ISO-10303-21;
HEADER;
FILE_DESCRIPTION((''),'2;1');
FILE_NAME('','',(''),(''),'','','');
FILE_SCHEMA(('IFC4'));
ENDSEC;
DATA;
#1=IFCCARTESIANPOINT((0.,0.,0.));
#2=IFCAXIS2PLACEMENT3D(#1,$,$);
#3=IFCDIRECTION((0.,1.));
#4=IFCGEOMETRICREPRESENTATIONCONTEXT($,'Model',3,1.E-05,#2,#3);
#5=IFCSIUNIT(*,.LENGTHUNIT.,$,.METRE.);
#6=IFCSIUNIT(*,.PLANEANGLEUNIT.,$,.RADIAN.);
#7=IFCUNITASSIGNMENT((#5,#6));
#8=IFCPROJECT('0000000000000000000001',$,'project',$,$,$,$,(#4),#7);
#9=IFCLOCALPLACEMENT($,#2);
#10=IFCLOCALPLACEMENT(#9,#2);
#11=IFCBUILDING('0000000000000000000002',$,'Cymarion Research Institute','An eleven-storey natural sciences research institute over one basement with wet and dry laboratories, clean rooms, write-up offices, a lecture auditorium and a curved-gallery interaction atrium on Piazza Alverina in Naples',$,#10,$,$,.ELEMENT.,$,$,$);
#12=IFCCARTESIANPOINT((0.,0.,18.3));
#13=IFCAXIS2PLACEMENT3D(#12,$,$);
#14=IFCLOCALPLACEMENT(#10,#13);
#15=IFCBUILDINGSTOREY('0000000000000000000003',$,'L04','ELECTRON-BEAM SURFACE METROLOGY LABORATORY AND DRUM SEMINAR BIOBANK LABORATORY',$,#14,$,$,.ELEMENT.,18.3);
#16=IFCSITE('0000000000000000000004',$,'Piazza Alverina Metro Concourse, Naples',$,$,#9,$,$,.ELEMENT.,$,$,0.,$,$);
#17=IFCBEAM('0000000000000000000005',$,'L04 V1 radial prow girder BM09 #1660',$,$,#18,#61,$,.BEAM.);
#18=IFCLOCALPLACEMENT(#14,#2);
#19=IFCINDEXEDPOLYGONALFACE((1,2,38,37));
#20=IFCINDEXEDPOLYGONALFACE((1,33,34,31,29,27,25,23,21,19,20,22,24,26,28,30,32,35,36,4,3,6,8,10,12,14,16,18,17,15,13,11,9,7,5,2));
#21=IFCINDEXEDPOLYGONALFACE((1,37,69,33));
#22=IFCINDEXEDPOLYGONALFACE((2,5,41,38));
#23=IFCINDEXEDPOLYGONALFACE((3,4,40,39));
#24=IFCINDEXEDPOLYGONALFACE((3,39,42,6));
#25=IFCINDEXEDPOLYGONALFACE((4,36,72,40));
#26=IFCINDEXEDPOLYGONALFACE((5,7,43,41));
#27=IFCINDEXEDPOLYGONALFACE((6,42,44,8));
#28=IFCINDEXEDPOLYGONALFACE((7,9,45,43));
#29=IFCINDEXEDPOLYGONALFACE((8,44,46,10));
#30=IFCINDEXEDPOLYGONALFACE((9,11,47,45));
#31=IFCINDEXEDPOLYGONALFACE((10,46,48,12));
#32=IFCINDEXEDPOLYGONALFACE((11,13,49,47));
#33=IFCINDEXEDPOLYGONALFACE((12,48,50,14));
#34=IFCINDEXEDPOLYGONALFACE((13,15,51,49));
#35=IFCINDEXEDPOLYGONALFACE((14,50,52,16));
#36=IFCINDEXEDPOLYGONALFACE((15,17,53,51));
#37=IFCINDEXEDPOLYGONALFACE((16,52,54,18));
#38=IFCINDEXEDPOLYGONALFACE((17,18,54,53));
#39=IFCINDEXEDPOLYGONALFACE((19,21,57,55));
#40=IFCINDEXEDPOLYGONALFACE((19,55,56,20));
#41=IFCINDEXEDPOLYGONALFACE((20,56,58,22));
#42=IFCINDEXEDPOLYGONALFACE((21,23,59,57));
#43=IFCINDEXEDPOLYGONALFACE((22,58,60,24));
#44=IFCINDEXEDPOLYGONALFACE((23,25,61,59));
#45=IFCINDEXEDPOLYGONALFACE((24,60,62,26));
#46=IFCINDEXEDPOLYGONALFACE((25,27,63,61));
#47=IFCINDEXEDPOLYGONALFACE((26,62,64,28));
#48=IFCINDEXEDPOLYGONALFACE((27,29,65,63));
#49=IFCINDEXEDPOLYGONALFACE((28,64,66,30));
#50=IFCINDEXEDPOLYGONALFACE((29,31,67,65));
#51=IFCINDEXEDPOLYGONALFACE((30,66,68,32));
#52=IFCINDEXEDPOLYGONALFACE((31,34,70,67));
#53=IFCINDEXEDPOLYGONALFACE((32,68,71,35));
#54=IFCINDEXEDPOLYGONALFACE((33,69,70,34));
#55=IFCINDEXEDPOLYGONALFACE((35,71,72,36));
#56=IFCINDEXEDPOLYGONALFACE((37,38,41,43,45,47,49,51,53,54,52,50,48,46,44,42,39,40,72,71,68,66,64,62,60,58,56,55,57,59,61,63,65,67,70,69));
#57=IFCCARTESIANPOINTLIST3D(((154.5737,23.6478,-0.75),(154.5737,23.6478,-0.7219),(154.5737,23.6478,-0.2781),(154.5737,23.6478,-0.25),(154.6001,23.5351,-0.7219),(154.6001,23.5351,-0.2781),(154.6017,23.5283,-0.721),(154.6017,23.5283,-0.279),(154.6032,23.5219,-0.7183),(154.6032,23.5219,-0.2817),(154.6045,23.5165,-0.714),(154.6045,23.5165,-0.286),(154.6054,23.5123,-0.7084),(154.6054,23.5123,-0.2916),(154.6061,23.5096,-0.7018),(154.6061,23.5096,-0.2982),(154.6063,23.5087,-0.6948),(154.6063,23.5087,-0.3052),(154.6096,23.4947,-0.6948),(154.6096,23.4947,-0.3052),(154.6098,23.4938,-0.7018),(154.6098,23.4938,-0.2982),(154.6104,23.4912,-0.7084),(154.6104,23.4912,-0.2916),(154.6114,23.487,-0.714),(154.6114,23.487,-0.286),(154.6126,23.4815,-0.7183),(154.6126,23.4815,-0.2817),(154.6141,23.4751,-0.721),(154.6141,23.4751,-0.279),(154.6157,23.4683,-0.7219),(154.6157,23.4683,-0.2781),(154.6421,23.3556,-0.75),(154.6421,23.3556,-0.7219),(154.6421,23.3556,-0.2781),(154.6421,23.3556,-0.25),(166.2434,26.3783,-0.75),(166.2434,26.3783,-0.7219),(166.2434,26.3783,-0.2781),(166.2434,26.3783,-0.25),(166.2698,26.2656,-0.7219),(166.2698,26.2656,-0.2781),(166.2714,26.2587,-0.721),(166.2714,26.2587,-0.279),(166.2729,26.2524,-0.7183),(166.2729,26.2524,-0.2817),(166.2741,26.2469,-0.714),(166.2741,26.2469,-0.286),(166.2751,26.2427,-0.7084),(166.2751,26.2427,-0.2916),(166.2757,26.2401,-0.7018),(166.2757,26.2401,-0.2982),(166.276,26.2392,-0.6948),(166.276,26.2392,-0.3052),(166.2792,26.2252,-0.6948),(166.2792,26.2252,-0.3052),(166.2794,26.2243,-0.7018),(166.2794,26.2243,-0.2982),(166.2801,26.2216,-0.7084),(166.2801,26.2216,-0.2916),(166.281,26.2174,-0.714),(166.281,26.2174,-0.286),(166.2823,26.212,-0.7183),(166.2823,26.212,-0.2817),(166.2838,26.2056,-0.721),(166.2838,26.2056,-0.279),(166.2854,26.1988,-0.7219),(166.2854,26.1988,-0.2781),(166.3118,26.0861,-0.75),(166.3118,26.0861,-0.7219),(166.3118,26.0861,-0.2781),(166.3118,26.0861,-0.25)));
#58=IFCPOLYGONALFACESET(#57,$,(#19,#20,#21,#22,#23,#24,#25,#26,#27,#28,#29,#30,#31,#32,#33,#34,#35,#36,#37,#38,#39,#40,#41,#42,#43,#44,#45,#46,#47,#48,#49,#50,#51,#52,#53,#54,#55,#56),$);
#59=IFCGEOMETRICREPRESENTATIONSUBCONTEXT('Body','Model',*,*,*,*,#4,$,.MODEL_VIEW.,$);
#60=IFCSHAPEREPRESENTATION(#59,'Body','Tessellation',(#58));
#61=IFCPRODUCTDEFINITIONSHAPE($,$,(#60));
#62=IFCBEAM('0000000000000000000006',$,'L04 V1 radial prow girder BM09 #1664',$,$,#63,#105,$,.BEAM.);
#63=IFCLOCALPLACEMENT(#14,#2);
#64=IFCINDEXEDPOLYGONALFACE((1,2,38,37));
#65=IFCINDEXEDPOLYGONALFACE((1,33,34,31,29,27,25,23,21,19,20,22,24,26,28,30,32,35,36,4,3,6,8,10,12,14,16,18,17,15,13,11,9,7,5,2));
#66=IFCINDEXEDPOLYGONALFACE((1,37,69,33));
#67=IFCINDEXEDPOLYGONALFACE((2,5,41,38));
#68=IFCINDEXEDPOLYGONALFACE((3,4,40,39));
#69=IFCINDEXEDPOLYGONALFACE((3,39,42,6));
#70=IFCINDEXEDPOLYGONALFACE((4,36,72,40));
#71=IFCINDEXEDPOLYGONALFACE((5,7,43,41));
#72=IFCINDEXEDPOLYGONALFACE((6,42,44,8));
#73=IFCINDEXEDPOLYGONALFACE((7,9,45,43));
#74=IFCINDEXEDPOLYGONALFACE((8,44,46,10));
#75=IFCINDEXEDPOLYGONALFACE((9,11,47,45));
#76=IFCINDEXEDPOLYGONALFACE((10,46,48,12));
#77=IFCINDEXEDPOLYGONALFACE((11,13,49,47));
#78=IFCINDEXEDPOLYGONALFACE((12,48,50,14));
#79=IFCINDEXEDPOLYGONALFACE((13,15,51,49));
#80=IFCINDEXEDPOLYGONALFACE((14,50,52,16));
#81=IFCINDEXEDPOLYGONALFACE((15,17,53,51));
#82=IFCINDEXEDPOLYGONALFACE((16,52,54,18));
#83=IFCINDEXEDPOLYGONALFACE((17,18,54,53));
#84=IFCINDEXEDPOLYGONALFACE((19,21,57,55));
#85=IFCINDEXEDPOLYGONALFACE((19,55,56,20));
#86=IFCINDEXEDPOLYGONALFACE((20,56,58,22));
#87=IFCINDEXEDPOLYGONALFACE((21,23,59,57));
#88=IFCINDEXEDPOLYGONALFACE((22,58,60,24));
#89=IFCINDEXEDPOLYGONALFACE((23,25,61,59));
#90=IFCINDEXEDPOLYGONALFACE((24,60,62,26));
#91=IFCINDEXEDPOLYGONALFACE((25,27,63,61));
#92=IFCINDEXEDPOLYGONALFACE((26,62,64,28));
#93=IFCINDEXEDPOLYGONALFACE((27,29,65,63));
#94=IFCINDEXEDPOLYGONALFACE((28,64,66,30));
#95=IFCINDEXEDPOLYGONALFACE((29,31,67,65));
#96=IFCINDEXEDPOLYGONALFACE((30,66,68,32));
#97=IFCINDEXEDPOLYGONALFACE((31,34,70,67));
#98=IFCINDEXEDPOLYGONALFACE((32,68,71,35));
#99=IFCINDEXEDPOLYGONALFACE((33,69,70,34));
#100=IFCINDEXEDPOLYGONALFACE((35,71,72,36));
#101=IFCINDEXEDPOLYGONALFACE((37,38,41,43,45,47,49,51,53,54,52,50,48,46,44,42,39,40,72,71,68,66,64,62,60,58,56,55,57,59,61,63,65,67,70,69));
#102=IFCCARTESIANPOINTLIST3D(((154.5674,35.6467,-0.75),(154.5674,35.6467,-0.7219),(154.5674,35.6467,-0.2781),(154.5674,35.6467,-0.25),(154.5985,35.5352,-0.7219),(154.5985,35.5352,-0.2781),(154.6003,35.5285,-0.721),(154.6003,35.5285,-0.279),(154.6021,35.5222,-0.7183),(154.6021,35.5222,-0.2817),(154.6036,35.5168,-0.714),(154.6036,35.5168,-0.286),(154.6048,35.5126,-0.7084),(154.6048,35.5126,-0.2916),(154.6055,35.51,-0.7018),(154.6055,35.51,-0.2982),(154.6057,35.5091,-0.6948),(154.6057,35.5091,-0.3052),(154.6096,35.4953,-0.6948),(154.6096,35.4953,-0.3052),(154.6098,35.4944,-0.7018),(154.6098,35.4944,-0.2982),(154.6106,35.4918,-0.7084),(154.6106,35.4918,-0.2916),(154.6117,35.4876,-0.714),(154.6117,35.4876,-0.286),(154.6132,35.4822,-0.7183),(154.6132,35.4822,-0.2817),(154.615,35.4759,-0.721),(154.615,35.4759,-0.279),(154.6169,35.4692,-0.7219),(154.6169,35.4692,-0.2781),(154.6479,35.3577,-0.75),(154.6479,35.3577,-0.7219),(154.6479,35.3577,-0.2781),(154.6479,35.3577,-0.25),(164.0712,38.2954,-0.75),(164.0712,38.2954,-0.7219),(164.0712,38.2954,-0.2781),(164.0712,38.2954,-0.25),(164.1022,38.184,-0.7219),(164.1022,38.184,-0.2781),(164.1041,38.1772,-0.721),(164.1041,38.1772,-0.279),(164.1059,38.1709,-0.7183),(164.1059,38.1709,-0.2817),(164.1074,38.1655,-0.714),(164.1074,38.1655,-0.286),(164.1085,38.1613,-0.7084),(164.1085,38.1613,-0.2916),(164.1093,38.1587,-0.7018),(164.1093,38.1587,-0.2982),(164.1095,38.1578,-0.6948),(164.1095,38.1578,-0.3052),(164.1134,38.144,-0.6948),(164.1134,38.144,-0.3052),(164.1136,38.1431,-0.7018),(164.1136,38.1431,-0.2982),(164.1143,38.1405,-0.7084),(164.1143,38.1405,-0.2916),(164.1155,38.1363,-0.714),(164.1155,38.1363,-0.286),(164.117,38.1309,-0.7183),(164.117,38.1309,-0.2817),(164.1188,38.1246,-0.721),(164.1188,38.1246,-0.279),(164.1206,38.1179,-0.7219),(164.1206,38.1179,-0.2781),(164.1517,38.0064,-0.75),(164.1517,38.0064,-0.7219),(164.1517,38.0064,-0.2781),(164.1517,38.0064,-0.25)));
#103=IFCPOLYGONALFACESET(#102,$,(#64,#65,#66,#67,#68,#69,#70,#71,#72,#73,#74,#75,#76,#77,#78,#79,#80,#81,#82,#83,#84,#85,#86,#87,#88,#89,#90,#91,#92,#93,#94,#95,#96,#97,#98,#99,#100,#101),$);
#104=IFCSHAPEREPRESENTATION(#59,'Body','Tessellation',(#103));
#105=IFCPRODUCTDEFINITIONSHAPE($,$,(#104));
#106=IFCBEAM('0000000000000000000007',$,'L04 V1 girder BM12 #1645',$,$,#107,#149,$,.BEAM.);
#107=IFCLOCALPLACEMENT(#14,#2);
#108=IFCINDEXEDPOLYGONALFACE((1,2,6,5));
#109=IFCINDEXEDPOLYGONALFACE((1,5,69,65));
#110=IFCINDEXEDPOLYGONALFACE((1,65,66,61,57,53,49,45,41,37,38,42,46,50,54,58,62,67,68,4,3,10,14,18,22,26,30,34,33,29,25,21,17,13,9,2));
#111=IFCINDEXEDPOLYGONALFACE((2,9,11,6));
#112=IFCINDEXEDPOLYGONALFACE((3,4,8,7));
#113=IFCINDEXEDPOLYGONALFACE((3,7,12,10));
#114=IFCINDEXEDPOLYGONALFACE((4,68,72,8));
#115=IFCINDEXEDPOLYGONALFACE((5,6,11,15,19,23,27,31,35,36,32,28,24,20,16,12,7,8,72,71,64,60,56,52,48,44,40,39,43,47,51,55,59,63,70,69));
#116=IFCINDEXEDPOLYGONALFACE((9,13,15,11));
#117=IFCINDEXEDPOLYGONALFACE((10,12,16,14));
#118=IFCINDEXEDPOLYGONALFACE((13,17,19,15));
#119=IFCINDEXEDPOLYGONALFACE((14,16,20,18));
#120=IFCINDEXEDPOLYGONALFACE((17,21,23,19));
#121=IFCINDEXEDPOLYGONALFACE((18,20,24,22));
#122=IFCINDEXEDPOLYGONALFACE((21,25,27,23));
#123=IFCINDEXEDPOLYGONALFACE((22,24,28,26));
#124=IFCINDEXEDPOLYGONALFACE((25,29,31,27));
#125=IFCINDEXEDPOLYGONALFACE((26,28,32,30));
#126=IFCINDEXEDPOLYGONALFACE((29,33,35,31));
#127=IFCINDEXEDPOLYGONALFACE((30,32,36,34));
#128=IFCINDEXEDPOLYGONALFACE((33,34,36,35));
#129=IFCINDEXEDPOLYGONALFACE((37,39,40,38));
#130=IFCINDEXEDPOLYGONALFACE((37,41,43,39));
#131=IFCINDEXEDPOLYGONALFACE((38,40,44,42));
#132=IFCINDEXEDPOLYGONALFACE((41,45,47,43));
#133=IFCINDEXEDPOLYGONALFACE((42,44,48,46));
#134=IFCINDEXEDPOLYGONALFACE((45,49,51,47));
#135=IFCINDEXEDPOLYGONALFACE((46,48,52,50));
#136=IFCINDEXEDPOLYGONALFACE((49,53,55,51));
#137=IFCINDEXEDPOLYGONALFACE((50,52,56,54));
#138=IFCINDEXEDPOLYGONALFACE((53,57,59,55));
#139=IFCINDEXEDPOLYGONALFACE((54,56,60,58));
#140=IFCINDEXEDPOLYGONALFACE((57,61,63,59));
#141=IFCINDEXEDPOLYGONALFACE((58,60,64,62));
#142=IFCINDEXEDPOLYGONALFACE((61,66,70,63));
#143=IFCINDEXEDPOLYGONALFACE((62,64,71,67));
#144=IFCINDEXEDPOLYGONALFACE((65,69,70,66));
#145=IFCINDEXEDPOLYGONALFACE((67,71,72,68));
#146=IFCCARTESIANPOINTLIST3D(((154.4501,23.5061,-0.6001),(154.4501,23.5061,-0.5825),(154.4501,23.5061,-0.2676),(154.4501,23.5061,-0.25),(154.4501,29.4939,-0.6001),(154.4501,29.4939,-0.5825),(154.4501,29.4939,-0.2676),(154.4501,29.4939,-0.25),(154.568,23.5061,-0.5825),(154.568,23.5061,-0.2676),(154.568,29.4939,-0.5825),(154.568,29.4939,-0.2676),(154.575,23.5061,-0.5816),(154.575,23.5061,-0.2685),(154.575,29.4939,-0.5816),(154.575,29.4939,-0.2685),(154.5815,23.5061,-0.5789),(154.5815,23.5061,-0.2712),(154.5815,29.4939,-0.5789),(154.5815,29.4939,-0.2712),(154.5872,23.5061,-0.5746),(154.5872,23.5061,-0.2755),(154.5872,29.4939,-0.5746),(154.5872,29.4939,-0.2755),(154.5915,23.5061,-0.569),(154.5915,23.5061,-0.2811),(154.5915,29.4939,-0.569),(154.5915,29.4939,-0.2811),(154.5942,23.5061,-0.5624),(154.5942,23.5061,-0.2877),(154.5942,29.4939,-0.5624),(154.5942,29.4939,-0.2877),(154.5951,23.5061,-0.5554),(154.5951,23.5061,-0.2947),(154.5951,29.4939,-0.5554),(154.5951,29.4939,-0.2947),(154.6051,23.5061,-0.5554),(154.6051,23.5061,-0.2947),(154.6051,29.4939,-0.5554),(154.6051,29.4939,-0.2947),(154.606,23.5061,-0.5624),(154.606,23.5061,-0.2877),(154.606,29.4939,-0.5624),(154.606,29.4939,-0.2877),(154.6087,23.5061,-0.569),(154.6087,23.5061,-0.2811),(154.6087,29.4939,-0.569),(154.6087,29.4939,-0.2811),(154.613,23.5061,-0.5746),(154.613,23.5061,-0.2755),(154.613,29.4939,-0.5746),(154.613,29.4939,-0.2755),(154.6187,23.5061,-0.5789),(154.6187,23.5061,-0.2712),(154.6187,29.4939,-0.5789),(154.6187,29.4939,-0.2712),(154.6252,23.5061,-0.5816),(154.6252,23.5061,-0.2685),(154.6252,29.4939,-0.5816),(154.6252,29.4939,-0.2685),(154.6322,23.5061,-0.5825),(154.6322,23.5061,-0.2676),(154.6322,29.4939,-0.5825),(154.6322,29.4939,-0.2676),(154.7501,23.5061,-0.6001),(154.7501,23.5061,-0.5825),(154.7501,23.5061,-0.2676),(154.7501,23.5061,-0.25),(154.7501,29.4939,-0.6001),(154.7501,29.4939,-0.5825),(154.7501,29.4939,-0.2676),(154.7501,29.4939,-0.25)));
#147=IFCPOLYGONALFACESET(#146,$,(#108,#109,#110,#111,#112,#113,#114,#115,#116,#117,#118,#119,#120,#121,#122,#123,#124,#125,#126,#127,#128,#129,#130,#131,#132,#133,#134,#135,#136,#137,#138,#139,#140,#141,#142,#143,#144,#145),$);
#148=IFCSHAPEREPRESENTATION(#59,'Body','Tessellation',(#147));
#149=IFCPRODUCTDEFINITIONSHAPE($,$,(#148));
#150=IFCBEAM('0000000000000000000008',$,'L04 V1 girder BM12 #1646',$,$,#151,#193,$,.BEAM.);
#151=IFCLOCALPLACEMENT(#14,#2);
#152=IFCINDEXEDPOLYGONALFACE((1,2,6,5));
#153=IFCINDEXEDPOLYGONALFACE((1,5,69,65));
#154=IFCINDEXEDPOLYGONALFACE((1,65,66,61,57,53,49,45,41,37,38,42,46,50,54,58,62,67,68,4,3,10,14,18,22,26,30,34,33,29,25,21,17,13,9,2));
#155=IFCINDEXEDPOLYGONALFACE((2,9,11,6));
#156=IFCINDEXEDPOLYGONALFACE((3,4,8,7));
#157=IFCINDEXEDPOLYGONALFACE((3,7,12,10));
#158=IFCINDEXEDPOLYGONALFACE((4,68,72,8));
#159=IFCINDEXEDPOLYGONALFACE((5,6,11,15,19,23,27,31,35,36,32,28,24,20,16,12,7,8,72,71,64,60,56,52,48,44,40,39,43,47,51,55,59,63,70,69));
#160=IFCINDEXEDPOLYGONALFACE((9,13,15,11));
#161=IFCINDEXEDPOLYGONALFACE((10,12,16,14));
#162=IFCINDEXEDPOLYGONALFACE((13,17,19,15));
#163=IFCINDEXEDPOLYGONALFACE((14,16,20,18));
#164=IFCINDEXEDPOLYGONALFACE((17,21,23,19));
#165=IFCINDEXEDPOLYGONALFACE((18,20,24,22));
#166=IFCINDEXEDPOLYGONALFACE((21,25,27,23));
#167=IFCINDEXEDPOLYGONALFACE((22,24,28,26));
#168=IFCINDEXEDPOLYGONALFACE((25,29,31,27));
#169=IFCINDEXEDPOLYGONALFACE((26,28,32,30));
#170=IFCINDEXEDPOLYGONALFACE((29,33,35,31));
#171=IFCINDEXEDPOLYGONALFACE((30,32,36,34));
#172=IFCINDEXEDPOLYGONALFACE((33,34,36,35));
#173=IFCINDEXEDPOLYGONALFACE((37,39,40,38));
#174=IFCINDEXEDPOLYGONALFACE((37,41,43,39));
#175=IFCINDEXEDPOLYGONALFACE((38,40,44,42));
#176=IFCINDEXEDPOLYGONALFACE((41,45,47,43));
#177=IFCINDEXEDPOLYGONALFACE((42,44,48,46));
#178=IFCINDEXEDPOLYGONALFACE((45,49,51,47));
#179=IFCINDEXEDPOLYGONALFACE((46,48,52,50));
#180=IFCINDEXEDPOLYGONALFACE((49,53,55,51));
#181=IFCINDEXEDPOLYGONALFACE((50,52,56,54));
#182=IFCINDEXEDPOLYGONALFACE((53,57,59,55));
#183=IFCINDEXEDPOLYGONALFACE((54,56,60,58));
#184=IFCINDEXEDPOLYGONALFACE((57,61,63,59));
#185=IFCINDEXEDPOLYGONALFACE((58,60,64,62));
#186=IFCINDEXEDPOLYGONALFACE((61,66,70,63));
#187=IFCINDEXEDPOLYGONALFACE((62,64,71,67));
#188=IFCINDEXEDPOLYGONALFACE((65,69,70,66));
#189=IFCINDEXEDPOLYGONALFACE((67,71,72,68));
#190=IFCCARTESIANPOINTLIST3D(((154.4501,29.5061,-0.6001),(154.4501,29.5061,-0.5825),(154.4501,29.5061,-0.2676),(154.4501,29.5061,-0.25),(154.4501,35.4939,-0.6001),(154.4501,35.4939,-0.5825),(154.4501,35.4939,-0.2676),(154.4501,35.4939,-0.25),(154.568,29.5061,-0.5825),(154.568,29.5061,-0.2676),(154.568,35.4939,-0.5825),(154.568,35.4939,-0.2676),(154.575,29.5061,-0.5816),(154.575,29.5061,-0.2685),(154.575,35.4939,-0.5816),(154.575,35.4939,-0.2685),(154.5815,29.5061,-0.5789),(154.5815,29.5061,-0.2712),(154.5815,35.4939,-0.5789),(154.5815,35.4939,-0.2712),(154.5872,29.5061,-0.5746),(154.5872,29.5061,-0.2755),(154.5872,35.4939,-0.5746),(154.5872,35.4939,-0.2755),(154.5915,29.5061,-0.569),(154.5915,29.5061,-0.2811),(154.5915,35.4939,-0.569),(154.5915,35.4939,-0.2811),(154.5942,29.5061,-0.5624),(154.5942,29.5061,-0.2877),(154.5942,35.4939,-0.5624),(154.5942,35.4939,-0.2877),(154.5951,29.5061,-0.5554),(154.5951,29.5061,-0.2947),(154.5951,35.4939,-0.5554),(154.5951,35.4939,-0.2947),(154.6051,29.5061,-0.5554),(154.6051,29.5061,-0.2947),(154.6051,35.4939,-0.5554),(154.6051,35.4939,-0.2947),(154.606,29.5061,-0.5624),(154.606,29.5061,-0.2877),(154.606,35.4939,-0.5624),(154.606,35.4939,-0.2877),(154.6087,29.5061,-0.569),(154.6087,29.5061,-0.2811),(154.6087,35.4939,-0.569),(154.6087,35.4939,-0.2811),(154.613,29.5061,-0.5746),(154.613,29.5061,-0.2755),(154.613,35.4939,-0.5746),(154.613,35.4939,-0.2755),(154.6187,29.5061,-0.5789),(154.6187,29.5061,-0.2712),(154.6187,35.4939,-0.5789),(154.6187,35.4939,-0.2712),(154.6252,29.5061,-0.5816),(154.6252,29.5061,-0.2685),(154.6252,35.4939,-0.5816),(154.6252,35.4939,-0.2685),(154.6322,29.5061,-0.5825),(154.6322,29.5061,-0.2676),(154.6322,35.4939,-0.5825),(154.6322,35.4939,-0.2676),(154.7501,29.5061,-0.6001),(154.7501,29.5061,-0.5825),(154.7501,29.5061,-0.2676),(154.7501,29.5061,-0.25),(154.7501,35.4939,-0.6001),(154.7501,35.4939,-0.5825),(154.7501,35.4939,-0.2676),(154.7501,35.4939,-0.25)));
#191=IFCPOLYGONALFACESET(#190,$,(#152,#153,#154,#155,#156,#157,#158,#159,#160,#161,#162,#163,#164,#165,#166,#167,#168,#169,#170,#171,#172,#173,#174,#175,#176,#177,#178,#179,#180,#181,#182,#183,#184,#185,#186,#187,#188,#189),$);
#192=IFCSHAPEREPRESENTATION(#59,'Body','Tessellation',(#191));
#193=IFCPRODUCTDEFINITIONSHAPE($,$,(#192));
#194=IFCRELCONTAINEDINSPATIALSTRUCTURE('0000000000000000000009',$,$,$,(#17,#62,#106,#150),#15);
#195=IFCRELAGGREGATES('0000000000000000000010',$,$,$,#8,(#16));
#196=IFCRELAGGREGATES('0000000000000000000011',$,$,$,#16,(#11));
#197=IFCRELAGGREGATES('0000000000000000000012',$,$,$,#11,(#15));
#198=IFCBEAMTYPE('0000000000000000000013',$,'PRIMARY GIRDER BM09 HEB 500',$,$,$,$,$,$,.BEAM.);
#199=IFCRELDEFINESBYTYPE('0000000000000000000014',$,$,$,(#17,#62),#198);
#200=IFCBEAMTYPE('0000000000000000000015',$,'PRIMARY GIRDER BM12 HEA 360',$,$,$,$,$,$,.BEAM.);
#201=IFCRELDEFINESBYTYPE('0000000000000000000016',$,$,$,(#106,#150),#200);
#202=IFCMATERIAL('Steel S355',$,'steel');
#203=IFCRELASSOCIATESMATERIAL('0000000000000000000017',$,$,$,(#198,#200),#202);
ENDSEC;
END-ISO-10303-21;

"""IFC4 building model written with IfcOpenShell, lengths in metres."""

from ifc_helpers import new_model, si_unit, direction, frame, origin, origin_2d, place, context, subcontext, project, spatial, i_section, extrude, material, material_profile, profile_set, type_object, element, save


model = new_model("IFC4")

# Units and contexts
model_context = context("Model", 3, precision=1e-05, world=origin(), true_north=direction((0.0, 1.0)))
body_context = subcontext(model_context, "Body", "Model", "MODEL_VIEW")
ifc_project = project(units=[si_unit("LENGTHUNIT", "METRE"), si_unit("PLANEANGLEUNIT", "RADIAN")], contexts=[model_context])

# Site, building, storey
site_placement = place(None, origin())
site = spatial("IfcSite", under=ifc_project, at=site_placement, Name="Piazza Alverina Metro Concourse, Naples", CompositionType="ELEMENT", RefElevation=0.0)
building_placement = place(site_placement, origin())
building = spatial("IfcBuilding", under=site, at=building_placement, Name="Cymarion Research Institute", Description="An eleven-storey natural sciences research institute over one basement with wet and dry laboratories, clean rooms, write-up offices, a lecture auditorium and a curved-gallery interaction atrium on Piazza Alverina in Naples", CompositionType="ELEMENT")
storey_placement = place(building_placement, frame((0.0, 0.0, 18.3)))
storey = spatial("IfcBuildingStorey", under=building, at=storey_placement, Name="L04", Description="ELECTRON-BEAM SURFACE METROLOGY LABORATORY AND DRUM SEMINAR BIOBANK LABORATORY", CompositionType="ELEMENT", Elevation=18.3)

# Shared definitions
ifc_material_1 = material(Name="Steel S355", Category="steel")

# Beams
ifc_material_profile_1 = material_profile(ifc_material_1, i_section(OverallWidth=0.3, OverallDepth=0.5, WebThickness=0.0144, FlangeThickness=0.0281, FilletRadius=0.0271, at=origin_2d()), Name="HEB 500")
ifc_profile_set_1 = profile_set([ifc_material_profile_1], Name="Steel S355")
beam_type_1 = type_object("IfcBeamType", Name="PRIMARY GIRDER BM09 HEB 500", PredefinedType="BEAM", material=ifc_profile_set_1)
beam_1_placement = place(storey_placement, frame((154.6079, 23.5017, -0.5), z_axis=(0.973702, 0.227827, 0.0), x_axis=(-0.227827, 0.973702, 0.0)))
element("IfcBeam", 1, at=beam_1_placement, inside=storey, type_object=beam_type_1, Name="L04 V1 radial prow girder BM09 #1660", PredefinedType="BEAM", context=body_context, shape_type="SweptSolid", body=[
    extrude(i_section(OverallWidth=0.3, OverallDepth=0.5, WebThickness=0.0144, FlangeThickness=0.0281, FilletRadius=0.0271, at=origin_2d()), origin(), (0.0, 0.0, 1.0), 11.9849),
])
beam_2_placement = place(storey_placement, frame((154.6077, 35.5022, -0.5), z_axis=(0.963288, 0.26847, 0.0), x_axis=(-0.26847, 0.963288, 0.0)))
element("IfcBeam", 2, at=beam_2_placement, inside=storey, type_object=beam_type_1, Name="L04 V1 radial prow girder BM09 #1664", PredefinedType="BEAM", context=body_context, shape_type="SweptSolid", body=[
    extrude(i_section(OverallWidth=0.3, OverallDepth=0.5, WebThickness=0.0144, FlangeThickness=0.0281, FilletRadius=0.0271, at=origin_2d()), origin(), (0.0, 0.0, 1.0), 9.866),
])
ifc_material_profile_2 = material_profile(ifc_material_1, i_section(OverallWidth=0.3, OverallDepth=0.3501, WebThickness=0.01, FlangeThickness=0.0176, FilletRadius=0.0271, at=origin_2d()), Name="HEA 360")
ifc_profile_set_2 = profile_set([ifc_material_profile_2], Name="Steel S355")
beam_type_2 = type_object("IfcBeamType", Name="PRIMARY GIRDER BM12 HEA 360", PredefinedType="BEAM", material=ifc_profile_set_2)
for number, where, z_axis, x_axis, name in (
    (3, (154.6001, 23.5061, -0.425), (0.0, 1.0, 0.0), (-1.0, 0.0, 0.0), "L04 V1 girder BM12 #1645"),
    (4, (154.6001, 29.5061, -0.425), (0.0, 1.0, 0.0), (-1.0, 0.0, 0.0), "L04 V1 girder BM12 #1646"),
):
    element("IfcBeam", number, at=place(storey_placement, frame(where, z_axis=z_axis, x_axis=x_axis)), inside=storey, type_object=beam_type_2, Name=name, PredefinedType="BEAM", context=body_context, shape_type="SweptSolid", body=[
        extrude(i_section(OverallWidth=0.3, OverallDepth=0.3501, WebThickness=0.01, FlangeThickness=0.0176, FilletRadius=0.0271, at=origin_2d()), origin(), (0.0, 0.0, 1.0), 5.9878),
    ])

save(model, "model.ifc")
